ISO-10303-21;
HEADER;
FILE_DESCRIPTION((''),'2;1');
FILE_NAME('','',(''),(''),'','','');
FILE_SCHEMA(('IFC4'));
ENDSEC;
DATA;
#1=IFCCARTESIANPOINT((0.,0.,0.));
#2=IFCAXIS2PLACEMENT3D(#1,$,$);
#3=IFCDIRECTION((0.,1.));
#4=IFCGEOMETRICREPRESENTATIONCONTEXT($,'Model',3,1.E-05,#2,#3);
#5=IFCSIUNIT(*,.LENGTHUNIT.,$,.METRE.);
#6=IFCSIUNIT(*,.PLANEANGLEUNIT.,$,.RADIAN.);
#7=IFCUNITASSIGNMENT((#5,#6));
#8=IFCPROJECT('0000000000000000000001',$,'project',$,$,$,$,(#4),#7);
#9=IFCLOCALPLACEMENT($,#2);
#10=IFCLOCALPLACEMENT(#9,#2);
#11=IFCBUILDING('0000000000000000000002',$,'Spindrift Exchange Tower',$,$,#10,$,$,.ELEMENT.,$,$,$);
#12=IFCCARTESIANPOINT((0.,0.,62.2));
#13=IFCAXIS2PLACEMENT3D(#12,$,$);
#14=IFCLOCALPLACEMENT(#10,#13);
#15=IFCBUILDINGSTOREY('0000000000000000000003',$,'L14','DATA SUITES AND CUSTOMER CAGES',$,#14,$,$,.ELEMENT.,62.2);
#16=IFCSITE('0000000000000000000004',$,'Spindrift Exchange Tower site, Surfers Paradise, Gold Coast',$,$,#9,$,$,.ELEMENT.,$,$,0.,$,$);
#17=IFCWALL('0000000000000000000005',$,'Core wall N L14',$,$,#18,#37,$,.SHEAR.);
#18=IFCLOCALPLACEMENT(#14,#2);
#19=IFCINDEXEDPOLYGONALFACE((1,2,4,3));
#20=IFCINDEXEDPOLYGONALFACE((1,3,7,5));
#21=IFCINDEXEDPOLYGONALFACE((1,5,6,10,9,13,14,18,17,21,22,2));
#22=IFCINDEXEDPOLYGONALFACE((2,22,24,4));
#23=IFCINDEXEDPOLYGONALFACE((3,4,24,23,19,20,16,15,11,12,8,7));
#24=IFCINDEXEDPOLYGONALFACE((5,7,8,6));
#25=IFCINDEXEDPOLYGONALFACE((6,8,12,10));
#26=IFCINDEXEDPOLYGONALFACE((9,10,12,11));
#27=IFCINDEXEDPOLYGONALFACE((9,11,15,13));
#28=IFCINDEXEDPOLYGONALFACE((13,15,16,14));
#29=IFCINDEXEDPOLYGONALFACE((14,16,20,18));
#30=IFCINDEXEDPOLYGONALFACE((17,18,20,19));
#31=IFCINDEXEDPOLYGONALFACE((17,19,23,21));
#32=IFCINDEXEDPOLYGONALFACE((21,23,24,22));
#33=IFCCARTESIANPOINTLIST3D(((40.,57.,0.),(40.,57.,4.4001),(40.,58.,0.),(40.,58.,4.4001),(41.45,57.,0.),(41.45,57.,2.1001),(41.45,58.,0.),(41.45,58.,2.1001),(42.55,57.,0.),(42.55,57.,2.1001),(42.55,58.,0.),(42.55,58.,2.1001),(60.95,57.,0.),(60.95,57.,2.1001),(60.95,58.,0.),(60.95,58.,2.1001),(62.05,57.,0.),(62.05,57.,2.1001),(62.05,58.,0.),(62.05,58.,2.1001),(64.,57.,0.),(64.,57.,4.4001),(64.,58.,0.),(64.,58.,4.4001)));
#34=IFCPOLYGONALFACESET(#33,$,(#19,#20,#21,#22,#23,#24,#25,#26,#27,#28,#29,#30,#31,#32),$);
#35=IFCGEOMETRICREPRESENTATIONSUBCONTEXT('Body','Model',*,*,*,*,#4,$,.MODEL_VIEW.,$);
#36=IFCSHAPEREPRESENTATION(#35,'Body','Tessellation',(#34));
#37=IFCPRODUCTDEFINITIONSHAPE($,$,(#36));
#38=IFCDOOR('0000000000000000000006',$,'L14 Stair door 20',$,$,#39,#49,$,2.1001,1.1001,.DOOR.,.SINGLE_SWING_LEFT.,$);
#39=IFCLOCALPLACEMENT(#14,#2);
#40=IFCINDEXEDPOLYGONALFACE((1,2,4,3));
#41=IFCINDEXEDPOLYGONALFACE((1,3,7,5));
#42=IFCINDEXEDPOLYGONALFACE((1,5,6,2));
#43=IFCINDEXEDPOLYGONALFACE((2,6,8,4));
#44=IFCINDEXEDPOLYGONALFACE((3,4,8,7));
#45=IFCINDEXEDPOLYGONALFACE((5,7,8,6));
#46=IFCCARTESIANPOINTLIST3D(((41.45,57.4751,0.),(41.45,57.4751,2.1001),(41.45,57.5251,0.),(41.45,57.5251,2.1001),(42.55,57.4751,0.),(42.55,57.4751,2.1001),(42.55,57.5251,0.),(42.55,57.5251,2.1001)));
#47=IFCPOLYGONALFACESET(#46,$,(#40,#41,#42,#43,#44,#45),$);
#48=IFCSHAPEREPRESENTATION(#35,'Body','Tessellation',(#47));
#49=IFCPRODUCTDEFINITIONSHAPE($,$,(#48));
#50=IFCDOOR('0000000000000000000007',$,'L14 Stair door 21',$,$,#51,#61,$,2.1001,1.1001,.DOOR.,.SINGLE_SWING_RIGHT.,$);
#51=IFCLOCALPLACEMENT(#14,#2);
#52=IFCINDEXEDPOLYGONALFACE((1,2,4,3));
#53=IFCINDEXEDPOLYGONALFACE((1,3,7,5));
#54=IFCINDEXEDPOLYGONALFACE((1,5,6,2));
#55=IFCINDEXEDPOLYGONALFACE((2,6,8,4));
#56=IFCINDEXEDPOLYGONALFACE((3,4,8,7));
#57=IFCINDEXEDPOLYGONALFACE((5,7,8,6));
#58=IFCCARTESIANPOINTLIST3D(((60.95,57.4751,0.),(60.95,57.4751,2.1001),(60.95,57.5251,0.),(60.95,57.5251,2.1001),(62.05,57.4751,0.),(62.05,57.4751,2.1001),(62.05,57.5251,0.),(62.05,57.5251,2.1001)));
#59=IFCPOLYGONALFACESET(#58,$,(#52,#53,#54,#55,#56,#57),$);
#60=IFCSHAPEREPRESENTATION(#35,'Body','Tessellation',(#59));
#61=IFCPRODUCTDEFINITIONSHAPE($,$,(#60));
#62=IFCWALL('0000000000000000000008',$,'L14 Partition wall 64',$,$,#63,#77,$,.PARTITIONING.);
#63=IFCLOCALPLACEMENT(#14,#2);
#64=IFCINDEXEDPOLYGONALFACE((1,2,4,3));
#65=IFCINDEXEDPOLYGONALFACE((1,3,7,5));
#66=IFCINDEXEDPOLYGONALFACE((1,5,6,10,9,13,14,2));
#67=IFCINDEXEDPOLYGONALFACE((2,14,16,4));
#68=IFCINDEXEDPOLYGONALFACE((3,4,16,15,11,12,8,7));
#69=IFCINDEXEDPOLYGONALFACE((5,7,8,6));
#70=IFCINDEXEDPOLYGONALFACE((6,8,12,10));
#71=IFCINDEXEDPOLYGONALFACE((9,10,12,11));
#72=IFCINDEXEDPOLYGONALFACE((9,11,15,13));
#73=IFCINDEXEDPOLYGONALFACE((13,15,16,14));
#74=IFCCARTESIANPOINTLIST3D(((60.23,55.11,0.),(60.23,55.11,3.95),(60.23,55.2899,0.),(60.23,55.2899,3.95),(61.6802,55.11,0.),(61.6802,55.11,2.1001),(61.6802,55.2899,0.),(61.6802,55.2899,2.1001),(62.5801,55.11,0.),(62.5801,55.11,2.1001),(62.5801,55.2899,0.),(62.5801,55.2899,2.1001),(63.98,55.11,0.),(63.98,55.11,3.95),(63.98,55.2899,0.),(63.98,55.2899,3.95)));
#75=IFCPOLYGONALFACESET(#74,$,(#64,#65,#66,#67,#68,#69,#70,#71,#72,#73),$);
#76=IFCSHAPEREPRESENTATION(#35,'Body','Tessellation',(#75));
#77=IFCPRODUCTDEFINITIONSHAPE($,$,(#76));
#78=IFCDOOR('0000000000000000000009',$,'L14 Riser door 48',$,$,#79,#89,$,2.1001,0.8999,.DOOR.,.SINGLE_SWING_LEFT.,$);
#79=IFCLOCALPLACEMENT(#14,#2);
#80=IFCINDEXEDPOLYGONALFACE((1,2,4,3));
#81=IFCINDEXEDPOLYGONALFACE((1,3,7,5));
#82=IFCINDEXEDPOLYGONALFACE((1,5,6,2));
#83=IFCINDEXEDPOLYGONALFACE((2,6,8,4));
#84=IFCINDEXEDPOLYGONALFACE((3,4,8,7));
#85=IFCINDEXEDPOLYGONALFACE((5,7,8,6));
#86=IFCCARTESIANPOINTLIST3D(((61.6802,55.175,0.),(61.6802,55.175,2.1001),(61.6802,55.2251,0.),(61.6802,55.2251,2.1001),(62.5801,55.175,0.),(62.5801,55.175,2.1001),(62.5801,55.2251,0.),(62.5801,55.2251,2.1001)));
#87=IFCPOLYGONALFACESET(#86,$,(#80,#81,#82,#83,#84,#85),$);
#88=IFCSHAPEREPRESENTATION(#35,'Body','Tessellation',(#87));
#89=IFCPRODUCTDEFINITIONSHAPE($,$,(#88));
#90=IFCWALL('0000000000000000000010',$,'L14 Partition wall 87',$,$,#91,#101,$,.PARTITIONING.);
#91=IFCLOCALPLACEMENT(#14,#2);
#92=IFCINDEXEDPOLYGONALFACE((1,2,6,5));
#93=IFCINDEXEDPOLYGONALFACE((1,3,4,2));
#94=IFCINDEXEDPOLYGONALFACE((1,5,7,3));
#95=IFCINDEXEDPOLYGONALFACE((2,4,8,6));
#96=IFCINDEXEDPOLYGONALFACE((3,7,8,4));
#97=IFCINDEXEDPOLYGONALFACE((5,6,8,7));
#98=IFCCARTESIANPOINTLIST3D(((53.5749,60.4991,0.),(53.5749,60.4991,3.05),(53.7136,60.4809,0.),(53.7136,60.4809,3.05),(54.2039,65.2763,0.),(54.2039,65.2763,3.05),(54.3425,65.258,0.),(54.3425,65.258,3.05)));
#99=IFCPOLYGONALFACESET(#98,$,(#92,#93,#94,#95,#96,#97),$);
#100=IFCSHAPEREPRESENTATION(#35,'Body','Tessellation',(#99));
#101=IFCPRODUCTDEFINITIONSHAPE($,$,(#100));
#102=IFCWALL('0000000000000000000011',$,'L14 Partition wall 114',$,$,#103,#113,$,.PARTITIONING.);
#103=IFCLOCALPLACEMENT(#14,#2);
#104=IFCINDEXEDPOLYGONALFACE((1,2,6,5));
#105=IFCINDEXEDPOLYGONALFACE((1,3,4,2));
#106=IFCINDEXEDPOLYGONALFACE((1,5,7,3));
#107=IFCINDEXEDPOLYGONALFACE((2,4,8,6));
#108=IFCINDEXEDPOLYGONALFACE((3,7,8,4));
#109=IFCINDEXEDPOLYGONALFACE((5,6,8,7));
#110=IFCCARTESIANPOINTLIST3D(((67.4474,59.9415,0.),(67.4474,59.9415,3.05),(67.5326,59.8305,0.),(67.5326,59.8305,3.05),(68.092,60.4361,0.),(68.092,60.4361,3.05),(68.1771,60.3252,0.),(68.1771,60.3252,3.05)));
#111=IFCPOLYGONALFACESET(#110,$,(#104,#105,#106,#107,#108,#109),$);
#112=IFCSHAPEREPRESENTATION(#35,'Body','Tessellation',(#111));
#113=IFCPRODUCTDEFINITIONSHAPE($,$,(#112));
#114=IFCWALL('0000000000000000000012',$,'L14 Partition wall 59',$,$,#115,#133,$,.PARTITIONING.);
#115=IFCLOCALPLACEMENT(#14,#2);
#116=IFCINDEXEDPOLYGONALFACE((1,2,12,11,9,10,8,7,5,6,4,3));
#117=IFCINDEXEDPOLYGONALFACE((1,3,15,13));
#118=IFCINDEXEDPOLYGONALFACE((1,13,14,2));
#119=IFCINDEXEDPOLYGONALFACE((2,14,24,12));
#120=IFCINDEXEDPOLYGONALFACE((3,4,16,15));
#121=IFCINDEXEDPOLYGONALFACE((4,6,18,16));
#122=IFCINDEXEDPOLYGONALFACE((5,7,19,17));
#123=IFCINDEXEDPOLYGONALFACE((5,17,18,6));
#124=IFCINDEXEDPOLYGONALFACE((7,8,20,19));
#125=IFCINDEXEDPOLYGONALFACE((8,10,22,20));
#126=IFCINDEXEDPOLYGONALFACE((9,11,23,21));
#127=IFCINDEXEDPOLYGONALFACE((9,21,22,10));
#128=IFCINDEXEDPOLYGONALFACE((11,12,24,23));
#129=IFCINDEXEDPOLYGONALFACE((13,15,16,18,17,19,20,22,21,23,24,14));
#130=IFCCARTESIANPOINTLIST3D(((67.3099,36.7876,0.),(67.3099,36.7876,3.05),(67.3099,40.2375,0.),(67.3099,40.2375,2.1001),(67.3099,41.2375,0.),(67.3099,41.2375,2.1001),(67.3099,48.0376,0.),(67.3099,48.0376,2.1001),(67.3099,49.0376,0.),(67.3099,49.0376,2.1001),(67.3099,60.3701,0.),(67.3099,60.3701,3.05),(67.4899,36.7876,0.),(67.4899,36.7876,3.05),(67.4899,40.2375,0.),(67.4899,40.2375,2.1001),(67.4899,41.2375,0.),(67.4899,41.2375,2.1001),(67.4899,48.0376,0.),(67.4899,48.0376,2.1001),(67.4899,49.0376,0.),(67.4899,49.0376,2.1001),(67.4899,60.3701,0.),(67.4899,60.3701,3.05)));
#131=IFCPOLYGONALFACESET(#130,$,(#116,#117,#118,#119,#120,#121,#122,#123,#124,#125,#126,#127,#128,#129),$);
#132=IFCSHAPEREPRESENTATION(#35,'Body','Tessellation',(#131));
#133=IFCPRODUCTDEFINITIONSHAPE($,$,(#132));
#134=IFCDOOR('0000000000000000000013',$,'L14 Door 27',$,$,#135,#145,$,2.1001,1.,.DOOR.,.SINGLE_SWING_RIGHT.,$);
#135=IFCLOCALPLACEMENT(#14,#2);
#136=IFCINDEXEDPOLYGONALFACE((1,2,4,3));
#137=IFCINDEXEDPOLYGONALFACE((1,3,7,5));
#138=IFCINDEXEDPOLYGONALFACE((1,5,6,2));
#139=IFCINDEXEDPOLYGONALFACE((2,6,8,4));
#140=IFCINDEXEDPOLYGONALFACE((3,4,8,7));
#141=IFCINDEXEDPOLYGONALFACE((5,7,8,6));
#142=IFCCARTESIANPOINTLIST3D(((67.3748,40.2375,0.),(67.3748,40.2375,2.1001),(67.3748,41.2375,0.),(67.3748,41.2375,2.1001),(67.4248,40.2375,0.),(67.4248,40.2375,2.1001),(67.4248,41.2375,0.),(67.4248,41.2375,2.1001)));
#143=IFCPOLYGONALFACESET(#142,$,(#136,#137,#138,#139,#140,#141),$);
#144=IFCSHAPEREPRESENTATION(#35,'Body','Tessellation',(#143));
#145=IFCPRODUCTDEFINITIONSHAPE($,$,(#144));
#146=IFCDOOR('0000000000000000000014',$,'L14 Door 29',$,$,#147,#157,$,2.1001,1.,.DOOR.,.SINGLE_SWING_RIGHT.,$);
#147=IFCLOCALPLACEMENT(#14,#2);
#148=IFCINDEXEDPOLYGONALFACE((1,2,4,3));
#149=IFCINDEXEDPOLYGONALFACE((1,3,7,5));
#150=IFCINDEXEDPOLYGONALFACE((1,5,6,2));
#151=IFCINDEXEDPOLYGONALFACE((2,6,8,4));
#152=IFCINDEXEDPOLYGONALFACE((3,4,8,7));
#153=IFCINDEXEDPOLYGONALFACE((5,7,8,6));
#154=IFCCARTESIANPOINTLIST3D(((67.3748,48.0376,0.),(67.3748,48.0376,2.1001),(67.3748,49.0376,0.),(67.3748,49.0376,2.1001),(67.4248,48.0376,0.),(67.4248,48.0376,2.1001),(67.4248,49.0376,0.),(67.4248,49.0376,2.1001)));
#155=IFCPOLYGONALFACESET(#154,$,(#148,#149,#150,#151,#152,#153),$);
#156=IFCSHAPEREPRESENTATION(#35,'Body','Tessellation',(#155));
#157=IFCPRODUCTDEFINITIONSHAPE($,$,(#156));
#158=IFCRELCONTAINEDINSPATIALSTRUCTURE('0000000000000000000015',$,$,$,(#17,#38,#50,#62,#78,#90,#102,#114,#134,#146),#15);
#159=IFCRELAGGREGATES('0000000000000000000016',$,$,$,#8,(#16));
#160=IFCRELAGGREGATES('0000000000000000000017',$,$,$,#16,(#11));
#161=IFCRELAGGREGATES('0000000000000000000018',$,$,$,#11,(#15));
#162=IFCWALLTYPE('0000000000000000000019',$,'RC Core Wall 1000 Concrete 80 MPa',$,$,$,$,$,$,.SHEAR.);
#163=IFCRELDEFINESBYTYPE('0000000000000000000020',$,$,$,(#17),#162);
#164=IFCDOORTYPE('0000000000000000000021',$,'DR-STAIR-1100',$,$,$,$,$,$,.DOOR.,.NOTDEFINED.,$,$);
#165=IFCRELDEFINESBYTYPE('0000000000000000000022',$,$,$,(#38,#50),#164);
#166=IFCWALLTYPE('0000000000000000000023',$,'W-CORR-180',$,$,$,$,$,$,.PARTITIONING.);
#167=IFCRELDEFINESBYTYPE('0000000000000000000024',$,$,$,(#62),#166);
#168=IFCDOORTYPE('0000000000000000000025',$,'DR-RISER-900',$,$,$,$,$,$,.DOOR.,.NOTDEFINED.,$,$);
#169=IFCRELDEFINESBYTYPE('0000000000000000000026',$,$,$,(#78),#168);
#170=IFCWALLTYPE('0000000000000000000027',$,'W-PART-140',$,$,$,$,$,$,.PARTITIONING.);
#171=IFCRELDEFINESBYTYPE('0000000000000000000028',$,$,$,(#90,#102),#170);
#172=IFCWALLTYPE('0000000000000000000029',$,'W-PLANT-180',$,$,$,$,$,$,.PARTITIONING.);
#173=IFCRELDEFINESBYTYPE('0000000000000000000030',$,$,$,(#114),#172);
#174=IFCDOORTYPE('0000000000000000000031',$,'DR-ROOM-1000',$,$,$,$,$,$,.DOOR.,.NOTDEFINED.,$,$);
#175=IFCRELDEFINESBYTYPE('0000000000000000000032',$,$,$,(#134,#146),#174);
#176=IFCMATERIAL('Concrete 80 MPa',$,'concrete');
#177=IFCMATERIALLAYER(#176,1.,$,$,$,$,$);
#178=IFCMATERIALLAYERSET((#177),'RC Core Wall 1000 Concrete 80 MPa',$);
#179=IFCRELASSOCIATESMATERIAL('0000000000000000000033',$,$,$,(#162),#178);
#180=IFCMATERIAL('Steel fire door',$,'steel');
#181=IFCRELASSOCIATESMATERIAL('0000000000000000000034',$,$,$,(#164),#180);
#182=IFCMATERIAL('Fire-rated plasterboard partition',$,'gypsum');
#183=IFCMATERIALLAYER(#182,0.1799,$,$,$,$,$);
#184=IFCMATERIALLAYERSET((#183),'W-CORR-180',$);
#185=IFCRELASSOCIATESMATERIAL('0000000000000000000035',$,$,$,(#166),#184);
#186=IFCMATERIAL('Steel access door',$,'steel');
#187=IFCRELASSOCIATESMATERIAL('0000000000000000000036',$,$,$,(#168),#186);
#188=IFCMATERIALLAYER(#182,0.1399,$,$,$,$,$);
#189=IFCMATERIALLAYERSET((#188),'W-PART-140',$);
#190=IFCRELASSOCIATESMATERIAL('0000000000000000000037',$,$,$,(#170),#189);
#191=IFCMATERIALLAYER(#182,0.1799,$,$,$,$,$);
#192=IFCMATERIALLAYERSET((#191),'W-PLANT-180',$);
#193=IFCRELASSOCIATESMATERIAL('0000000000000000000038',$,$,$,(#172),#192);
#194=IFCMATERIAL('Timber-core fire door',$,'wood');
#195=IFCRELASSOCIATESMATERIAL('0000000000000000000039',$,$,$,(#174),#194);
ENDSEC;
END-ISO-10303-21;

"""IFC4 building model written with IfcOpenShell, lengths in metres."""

from ifc_helpers import new_model, si_unit, direction, frame, frame_2d, origin, place, context, subcontext, project, spatial, rectangle, extrude, source, transform, mapped, material, layer, layer_set, type_object, element, fill, save


model = new_model("IFC4")

# Units and contexts
model_context = context("Model", 3, precision=1e-05, world=origin(), true_north=direction((0.0, 1.0)))
body_context = subcontext(model_context, "Body", "Model", "MODEL_VIEW")
ifc_project = project(units=[si_unit("LENGTHUNIT", "METRE"), si_unit("PLANEANGLEUNIT", "RADIAN")], contexts=[model_context])

# Site, building, storey
site_placement = place(None, origin())
site = spatial("IfcSite", under=ifc_project, at=site_placement, Name="Spindrift Exchange Tower site, Surfers Paradise, Gold Coast", CompositionType="ELEMENT", RefElevation=0.0)
building_placement = place(site_placement, origin())
building = spatial("IfcBuilding", under=site, at=building_placement, Name="Spindrift Exchange Tower", CompositionType="ELEMENT")
storey_placement = place(building_placement, frame((0.0, 0.0, 62.2)))
storey = spatial("IfcBuildingStorey", under=building, at=storey_placement, Name="L14", Description="DATA SUITES AND CUSTOMER CAGES", CompositionType="ELEMENT", Elevation=62.2)

# Shared definitions
ifc_material_1 = material(Name="Concrete 80 MPa", Category="concrete")

# Wall, openings, doors
ifc_layer_1 = layer(ifc_material_1, 1.0)
ifc_layer_set_1 = layer_set([ifc_layer_1], Name="RC Core Wall 1000 Concrete 80 MPa")
wall_type_1 = type_object("IfcWallType", Name="RC Core Wall 1000 Concrete 80 MPa", PredefinedType="SHEAR", material=ifc_layer_set_1)
wall_1_placement = place(storey_placement, frame((64.0, 57.5, 0.0), z_axis=(0.0, 0.0, 1.0), x_axis=(-1.0, 0.0, 0.0)))
wall_1 = element("IfcWall", 1, at=wall_1_placement, inside=storey, type_object=wall_type_1, Name="Core wall N L14", PredefinedType="SHEAR", context=body_context, shape_type="SweptSolid", body=[
    extrude(rectangle(XDim=24.0, YDim=1.0, at=frame_2d((12.0, 0.0))), origin(), (0.0, 0.0, 1.0), 4.4001),
])
opening_1_placement = place(wall_1_placement, frame((21.45, 0.0, 0.0)))
opening_1 = element("IfcOpeningElement", 2, at=opening_1_placement, cuts=wall_1, PredefinedType="OPENING", context=body_context, shape_type="SweptSolid", body=[
    extrude(rectangle(XDim=1.1001, YDim=2.1001, at=frame_2d((0.55, 1.05))), frame((0.0, 0.51, 0.0), z_axis=(0.0, -1.0, 0.0), x_axis=(1.0, 0.0, 0.0)), (0.0, 0.0, 1.0), 1.02),
])
opening_2_placement = place(wall_1_placement, frame((1.95, 0.0, 0.0)))
opening_2 = element("IfcOpeningElement", 3, at=opening_2_placement, cuts=wall_1, PredefinedType="OPENING", context=body_context, shape_type="SweptSolid", body=[
    extrude(rectangle(XDim=1.1001, YDim=2.1001, at=frame_2d((0.55, 1.05))), frame((0.0, 0.51, 0.0), z_axis=(0.0, -1.0, 0.0), x_axis=(1.0, 0.0, 0.0)), (0.0, 0.0, 1.0), 1.02),
])
ifc_material_2 = material(Name="Steel fire door", Category="steel")
door_type_1 = type_object("IfcDoorType", Name="DR-STAIR-1100", OperationType="NOTDEFINED", PredefinedType="DOOR", material=ifc_material_2)
shared_shape_1 = source(origin(), body_context, "Body", "SweptSolid", [
    extrude(rectangle(XDim=1.1001, YDim=2.1001, at=frame_2d((0.55, 1.05))), frame((0.0, 0.0249, 0.0), z_axis=(0.0, -1.0, 0.0), x_axis=(1.0, 0.0, 0.0)), (0.0, 0.0, 1.0), 0.05),
])
door_1_placement = place(opening_1_placement, origin())
door_1 = element("IfcDoor", 4, at=door_1_placement, inside=storey, type_object=door_type_1, Name="L14 Stair door 20", OperationType="SINGLE_SWING_LEFT", OverallHeight=2.1001, OverallWidth=1.1001, PredefinedType="DOOR", context=body_context, shape_type="MappedRepresentation", body=[
    mapped(shared_shape_1, transform((0.0, 0.0, 0.0), scale=1.0)),
])
fill(opening_1, door_1)
door_2_placement = place(opening_2_placement, origin())
door_2 = element("IfcDoor", 5, at=door_2_placement, inside=storey, type_object=door_type_1, Name="L14 Stair door 21", OperationType="SINGLE_SWING_RIGHT", OverallHeight=2.1001, OverallWidth=1.1001, PredefinedType="DOOR", context=body_context, shape_type="MappedRepresentation", body=[
    mapped(shared_shape_1, transform((0.0, 0.0, 0.0), scale=1.0)),
])
fill(opening_2, door_2)

# Wall, opening, door
ifc_material_3 = material(Name="Fire-rated plasterboard partition", Category="gypsum")
ifc_layer_2 = layer(ifc_material_3, 0.1799)
ifc_layer_set_2 = layer_set([ifc_layer_2], Name="W-CORR-180")
wall_type_2 = type_object("IfcWallType", Name="W-CORR-180", PredefinedType="PARTITIONING", material=ifc_layer_set_2)
wall_2_placement = place(storey_placement, frame((63.98, 55.2, 0.0), z_axis=(0.0, 0.0, 1.0), x_axis=(-1.0, 0.0, 0.0)))
wall_2 = element("IfcWall", 6, at=wall_2_placement, inside=storey, type_object=wall_type_2, Name="L14 Partition wall 64", PredefinedType="PARTITIONING", context=body_context, shape_type="SweptSolid", body=[
    extrude(rectangle(XDim=3.75, YDim=0.1799, at=frame_2d((1.875, 0.0))), origin(), (0.0, 0.0, 1.0), 3.95),
])
opening_3_placement = place(wall_2_placement, frame((1.3999, 0.0, 0.0)))
opening_3 = element("IfcOpeningElement", 7, at=opening_3_placement, cuts=wall_2, PredefinedType="OPENING", context=body_context, shape_type="SweptSolid", body=[
    extrude(rectangle(XDim=0.8999, YDim=2.1001, at=frame_2d((0.45, 1.05))), frame((0.0, 0.0999, 0.0), z_axis=(0.0, -1.0, 0.0), x_axis=(1.0, 0.0, 0.0)), (0.0, 0.0, 1.0), 0.2),
])
ifc_material_4 = material(Name="Steel access door", Category="steel")
door_type_2 = type_object("IfcDoorType", Name="DR-RISER-900", OperationType="NOTDEFINED", PredefinedType="DOOR", material=ifc_material_4)
shared_shape_2 = source(origin(), body_context, "Body", "SweptSolid", [
    extrude(rectangle(XDim=0.8999, YDim=2.1001, at=frame_2d((0.45, 1.05))), frame((0.0, 0.0249, 0.0), z_axis=(0.0, -1.0, 0.0), x_axis=(1.0, 0.0, 0.0)), (0.0, 0.0, 1.0), 0.05),
])
door_3_placement = place(opening_3_placement, origin())
door_3 = element("IfcDoor", 8, at=door_3_placement, inside=storey, type_object=door_type_2, Name="L14 Riser door 48", OperationType="SINGLE_SWING_LEFT", OverallHeight=2.1001, OverallWidth=0.8999, PredefinedType="DOOR", context=body_context, shape_type="MappedRepresentation", body=[
    mapped(shared_shape_2, transform((0.0, 0.0, 0.0), scale=1.0)),
])
fill(opening_3, door_3)

# Walls
ifc_layer_3 = layer(ifc_material_3, 0.1399)
ifc_layer_set_3 = layer_set([ifc_layer_3], Name="W-PART-140")
wall_type_3 = type_object("IfcWallType", Name="W-PART-140", PredefinedType="PARTITIONING", material=ifc_layer_set_3)
wall_3_placement = place(storey_placement, frame((53.6443, 60.49, 0.0), z_axis=(0.0, 0.0, 1.0), x_axis=(0.130524, 0.991445, 0.0)))
element("IfcWall", 9, at=wall_3_placement, inside=storey, type_object=wall_type_3, Name="L14 Partition wall 87", PredefinedType="PARTITIONING", context=body_context, shape_type="SweptSolid", body=[
    extrude(rectangle(XDim=4.8184, YDim=0.1399, at=frame_2d((2.4092, 0.0))), origin(), (0.0, 0.0, 1.0), 3.05),
])
wall_4_placement = place(storey_placement, frame((67.49, 59.886, 0.0), z_axis=(0.0, 0.0, 1.0), x_axis=(0.793316, 0.60881, 0.0)))
element("IfcWall", 10, at=wall_4_placement, inside=storey, type_object=wall_type_3, Name="L14 Partition wall 114", PredefinedType="PARTITIONING", context=body_context, shape_type="SweptSolid", body=[
    extrude(rectangle(XDim=0.8125, YDim=0.1399, at=frame_2d((0.4062, 0.0))), origin(), (0.0, 0.0, 1.0), 3.05),
])

# Wall, openings, doors
ifc_layer_4 = layer(ifc_material_3, 0.1799)
ifc_layer_set_4 = layer_set([ifc_layer_4], Name="W-PLANT-180")
wall_type_4 = type_object("IfcWallType", Name="W-PLANT-180", PredefinedType="PARTITIONING", material=ifc_layer_set_4)
wall_5_placement = place(storey_placement, frame((67.3999, 60.3701, 0.0), z_axis=(0.0, 0.0, 1.0), x_axis=(0.0, -1.0, 0.0)))
wall_5 = element("IfcWall", 11, at=wall_5_placement, inside=storey, type_object=wall_type_4, Name="L14 Partition wall 59", PredefinedType="PARTITIONING", context=body_context, shape_type="SweptSolid", body=[
    extrude(rectangle(XDim=23.5825, YDim=0.1799, at=frame_2d((11.7913, 0.0))), origin(), (0.0, 0.0, 1.0), 3.05),
])
opening_4_placement = place(wall_5_placement, frame((19.1326, 0.0, 0.0)))
opening_4 = element("IfcOpeningElement", 12, at=opening_4_placement, cuts=wall_5, PredefinedType="OPENING", context=body_context, shape_type="SweptSolid", body=[
    extrude(rectangle(XDim=1.0, YDim=2.1001, at=frame_2d((0.5, 1.05))), frame((0.0, 0.0999, 0.0), z_axis=(0.0, -1.0, 0.0), x_axis=(1.0, 0.0, 0.0)), (0.0, 0.0, 1.0), 0.2),
])
opening_5_placement = place(wall_5_placement, frame((11.3325, 0.0, 0.0)))
opening_5 = element("IfcOpeningElement", 13, at=opening_5_placement, cuts=wall_5, PredefinedType="OPENING", context=body_context, shape_type="SweptSolid", body=[
    extrude(rectangle(XDim=1.0, YDim=2.1001, at=frame_2d((0.5, 1.05))), frame((0.0, 0.0999, 0.0), z_axis=(0.0, -1.0, 0.0), x_axis=(1.0, 0.0, 0.0)), (0.0, 0.0, 1.0), 0.2),
])
ifc_material_5 = material(Name="Timber-core fire door", Category="wood")
door_type_3 = type_object("IfcDoorType", Name="DR-ROOM-1000", OperationType="NOTDEFINED", PredefinedType="DOOR", material=ifc_material_5)
shared_shape_3 = source(origin(), body_context, "Body", "SweptSolid", [
    extrude(rectangle(XDim=1.0, YDim=2.1001, at=frame_2d((0.5, 1.05))), frame((0.0, 0.0249, 0.0), z_axis=(0.0, -1.0, 0.0), x_axis=(1.0, 0.0, 0.0)), (0.0, 0.0, 1.0), 0.05),
])
door_4_placement = place(opening_4_placement, origin())
door_4 = element("IfcDoor", 14, at=door_4_placement, inside=storey, type_object=door_type_3, Name="L14 Door 27", OperationType="SINGLE_SWING_RIGHT", OverallHeight=2.1001, OverallWidth=1.0, PredefinedType="DOOR", context=body_context, shape_type="MappedRepresentation", body=[
    mapped(shared_shape_3, transform((0.0, 0.0, 0.0), scale=1.0)),
])
fill(opening_4, door_4)
door_5_placement = place(opening_5_placement, origin())
door_5 = element("IfcDoor", 15, at=door_5_placement, inside=storey, type_object=door_type_3, Name="L14 Door 29", OperationType="SINGLE_SWING_RIGHT", OverallHeight=2.1001, OverallWidth=1.0, PredefinedType="DOOR", context=body_context, shape_type="MappedRepresentation", body=[
    mapped(shared_shape_3, transform((0.0, 0.0, 0.0), scale=1.0)),
])
fill(opening_5, door_5)

save(model, "model.ifc")
